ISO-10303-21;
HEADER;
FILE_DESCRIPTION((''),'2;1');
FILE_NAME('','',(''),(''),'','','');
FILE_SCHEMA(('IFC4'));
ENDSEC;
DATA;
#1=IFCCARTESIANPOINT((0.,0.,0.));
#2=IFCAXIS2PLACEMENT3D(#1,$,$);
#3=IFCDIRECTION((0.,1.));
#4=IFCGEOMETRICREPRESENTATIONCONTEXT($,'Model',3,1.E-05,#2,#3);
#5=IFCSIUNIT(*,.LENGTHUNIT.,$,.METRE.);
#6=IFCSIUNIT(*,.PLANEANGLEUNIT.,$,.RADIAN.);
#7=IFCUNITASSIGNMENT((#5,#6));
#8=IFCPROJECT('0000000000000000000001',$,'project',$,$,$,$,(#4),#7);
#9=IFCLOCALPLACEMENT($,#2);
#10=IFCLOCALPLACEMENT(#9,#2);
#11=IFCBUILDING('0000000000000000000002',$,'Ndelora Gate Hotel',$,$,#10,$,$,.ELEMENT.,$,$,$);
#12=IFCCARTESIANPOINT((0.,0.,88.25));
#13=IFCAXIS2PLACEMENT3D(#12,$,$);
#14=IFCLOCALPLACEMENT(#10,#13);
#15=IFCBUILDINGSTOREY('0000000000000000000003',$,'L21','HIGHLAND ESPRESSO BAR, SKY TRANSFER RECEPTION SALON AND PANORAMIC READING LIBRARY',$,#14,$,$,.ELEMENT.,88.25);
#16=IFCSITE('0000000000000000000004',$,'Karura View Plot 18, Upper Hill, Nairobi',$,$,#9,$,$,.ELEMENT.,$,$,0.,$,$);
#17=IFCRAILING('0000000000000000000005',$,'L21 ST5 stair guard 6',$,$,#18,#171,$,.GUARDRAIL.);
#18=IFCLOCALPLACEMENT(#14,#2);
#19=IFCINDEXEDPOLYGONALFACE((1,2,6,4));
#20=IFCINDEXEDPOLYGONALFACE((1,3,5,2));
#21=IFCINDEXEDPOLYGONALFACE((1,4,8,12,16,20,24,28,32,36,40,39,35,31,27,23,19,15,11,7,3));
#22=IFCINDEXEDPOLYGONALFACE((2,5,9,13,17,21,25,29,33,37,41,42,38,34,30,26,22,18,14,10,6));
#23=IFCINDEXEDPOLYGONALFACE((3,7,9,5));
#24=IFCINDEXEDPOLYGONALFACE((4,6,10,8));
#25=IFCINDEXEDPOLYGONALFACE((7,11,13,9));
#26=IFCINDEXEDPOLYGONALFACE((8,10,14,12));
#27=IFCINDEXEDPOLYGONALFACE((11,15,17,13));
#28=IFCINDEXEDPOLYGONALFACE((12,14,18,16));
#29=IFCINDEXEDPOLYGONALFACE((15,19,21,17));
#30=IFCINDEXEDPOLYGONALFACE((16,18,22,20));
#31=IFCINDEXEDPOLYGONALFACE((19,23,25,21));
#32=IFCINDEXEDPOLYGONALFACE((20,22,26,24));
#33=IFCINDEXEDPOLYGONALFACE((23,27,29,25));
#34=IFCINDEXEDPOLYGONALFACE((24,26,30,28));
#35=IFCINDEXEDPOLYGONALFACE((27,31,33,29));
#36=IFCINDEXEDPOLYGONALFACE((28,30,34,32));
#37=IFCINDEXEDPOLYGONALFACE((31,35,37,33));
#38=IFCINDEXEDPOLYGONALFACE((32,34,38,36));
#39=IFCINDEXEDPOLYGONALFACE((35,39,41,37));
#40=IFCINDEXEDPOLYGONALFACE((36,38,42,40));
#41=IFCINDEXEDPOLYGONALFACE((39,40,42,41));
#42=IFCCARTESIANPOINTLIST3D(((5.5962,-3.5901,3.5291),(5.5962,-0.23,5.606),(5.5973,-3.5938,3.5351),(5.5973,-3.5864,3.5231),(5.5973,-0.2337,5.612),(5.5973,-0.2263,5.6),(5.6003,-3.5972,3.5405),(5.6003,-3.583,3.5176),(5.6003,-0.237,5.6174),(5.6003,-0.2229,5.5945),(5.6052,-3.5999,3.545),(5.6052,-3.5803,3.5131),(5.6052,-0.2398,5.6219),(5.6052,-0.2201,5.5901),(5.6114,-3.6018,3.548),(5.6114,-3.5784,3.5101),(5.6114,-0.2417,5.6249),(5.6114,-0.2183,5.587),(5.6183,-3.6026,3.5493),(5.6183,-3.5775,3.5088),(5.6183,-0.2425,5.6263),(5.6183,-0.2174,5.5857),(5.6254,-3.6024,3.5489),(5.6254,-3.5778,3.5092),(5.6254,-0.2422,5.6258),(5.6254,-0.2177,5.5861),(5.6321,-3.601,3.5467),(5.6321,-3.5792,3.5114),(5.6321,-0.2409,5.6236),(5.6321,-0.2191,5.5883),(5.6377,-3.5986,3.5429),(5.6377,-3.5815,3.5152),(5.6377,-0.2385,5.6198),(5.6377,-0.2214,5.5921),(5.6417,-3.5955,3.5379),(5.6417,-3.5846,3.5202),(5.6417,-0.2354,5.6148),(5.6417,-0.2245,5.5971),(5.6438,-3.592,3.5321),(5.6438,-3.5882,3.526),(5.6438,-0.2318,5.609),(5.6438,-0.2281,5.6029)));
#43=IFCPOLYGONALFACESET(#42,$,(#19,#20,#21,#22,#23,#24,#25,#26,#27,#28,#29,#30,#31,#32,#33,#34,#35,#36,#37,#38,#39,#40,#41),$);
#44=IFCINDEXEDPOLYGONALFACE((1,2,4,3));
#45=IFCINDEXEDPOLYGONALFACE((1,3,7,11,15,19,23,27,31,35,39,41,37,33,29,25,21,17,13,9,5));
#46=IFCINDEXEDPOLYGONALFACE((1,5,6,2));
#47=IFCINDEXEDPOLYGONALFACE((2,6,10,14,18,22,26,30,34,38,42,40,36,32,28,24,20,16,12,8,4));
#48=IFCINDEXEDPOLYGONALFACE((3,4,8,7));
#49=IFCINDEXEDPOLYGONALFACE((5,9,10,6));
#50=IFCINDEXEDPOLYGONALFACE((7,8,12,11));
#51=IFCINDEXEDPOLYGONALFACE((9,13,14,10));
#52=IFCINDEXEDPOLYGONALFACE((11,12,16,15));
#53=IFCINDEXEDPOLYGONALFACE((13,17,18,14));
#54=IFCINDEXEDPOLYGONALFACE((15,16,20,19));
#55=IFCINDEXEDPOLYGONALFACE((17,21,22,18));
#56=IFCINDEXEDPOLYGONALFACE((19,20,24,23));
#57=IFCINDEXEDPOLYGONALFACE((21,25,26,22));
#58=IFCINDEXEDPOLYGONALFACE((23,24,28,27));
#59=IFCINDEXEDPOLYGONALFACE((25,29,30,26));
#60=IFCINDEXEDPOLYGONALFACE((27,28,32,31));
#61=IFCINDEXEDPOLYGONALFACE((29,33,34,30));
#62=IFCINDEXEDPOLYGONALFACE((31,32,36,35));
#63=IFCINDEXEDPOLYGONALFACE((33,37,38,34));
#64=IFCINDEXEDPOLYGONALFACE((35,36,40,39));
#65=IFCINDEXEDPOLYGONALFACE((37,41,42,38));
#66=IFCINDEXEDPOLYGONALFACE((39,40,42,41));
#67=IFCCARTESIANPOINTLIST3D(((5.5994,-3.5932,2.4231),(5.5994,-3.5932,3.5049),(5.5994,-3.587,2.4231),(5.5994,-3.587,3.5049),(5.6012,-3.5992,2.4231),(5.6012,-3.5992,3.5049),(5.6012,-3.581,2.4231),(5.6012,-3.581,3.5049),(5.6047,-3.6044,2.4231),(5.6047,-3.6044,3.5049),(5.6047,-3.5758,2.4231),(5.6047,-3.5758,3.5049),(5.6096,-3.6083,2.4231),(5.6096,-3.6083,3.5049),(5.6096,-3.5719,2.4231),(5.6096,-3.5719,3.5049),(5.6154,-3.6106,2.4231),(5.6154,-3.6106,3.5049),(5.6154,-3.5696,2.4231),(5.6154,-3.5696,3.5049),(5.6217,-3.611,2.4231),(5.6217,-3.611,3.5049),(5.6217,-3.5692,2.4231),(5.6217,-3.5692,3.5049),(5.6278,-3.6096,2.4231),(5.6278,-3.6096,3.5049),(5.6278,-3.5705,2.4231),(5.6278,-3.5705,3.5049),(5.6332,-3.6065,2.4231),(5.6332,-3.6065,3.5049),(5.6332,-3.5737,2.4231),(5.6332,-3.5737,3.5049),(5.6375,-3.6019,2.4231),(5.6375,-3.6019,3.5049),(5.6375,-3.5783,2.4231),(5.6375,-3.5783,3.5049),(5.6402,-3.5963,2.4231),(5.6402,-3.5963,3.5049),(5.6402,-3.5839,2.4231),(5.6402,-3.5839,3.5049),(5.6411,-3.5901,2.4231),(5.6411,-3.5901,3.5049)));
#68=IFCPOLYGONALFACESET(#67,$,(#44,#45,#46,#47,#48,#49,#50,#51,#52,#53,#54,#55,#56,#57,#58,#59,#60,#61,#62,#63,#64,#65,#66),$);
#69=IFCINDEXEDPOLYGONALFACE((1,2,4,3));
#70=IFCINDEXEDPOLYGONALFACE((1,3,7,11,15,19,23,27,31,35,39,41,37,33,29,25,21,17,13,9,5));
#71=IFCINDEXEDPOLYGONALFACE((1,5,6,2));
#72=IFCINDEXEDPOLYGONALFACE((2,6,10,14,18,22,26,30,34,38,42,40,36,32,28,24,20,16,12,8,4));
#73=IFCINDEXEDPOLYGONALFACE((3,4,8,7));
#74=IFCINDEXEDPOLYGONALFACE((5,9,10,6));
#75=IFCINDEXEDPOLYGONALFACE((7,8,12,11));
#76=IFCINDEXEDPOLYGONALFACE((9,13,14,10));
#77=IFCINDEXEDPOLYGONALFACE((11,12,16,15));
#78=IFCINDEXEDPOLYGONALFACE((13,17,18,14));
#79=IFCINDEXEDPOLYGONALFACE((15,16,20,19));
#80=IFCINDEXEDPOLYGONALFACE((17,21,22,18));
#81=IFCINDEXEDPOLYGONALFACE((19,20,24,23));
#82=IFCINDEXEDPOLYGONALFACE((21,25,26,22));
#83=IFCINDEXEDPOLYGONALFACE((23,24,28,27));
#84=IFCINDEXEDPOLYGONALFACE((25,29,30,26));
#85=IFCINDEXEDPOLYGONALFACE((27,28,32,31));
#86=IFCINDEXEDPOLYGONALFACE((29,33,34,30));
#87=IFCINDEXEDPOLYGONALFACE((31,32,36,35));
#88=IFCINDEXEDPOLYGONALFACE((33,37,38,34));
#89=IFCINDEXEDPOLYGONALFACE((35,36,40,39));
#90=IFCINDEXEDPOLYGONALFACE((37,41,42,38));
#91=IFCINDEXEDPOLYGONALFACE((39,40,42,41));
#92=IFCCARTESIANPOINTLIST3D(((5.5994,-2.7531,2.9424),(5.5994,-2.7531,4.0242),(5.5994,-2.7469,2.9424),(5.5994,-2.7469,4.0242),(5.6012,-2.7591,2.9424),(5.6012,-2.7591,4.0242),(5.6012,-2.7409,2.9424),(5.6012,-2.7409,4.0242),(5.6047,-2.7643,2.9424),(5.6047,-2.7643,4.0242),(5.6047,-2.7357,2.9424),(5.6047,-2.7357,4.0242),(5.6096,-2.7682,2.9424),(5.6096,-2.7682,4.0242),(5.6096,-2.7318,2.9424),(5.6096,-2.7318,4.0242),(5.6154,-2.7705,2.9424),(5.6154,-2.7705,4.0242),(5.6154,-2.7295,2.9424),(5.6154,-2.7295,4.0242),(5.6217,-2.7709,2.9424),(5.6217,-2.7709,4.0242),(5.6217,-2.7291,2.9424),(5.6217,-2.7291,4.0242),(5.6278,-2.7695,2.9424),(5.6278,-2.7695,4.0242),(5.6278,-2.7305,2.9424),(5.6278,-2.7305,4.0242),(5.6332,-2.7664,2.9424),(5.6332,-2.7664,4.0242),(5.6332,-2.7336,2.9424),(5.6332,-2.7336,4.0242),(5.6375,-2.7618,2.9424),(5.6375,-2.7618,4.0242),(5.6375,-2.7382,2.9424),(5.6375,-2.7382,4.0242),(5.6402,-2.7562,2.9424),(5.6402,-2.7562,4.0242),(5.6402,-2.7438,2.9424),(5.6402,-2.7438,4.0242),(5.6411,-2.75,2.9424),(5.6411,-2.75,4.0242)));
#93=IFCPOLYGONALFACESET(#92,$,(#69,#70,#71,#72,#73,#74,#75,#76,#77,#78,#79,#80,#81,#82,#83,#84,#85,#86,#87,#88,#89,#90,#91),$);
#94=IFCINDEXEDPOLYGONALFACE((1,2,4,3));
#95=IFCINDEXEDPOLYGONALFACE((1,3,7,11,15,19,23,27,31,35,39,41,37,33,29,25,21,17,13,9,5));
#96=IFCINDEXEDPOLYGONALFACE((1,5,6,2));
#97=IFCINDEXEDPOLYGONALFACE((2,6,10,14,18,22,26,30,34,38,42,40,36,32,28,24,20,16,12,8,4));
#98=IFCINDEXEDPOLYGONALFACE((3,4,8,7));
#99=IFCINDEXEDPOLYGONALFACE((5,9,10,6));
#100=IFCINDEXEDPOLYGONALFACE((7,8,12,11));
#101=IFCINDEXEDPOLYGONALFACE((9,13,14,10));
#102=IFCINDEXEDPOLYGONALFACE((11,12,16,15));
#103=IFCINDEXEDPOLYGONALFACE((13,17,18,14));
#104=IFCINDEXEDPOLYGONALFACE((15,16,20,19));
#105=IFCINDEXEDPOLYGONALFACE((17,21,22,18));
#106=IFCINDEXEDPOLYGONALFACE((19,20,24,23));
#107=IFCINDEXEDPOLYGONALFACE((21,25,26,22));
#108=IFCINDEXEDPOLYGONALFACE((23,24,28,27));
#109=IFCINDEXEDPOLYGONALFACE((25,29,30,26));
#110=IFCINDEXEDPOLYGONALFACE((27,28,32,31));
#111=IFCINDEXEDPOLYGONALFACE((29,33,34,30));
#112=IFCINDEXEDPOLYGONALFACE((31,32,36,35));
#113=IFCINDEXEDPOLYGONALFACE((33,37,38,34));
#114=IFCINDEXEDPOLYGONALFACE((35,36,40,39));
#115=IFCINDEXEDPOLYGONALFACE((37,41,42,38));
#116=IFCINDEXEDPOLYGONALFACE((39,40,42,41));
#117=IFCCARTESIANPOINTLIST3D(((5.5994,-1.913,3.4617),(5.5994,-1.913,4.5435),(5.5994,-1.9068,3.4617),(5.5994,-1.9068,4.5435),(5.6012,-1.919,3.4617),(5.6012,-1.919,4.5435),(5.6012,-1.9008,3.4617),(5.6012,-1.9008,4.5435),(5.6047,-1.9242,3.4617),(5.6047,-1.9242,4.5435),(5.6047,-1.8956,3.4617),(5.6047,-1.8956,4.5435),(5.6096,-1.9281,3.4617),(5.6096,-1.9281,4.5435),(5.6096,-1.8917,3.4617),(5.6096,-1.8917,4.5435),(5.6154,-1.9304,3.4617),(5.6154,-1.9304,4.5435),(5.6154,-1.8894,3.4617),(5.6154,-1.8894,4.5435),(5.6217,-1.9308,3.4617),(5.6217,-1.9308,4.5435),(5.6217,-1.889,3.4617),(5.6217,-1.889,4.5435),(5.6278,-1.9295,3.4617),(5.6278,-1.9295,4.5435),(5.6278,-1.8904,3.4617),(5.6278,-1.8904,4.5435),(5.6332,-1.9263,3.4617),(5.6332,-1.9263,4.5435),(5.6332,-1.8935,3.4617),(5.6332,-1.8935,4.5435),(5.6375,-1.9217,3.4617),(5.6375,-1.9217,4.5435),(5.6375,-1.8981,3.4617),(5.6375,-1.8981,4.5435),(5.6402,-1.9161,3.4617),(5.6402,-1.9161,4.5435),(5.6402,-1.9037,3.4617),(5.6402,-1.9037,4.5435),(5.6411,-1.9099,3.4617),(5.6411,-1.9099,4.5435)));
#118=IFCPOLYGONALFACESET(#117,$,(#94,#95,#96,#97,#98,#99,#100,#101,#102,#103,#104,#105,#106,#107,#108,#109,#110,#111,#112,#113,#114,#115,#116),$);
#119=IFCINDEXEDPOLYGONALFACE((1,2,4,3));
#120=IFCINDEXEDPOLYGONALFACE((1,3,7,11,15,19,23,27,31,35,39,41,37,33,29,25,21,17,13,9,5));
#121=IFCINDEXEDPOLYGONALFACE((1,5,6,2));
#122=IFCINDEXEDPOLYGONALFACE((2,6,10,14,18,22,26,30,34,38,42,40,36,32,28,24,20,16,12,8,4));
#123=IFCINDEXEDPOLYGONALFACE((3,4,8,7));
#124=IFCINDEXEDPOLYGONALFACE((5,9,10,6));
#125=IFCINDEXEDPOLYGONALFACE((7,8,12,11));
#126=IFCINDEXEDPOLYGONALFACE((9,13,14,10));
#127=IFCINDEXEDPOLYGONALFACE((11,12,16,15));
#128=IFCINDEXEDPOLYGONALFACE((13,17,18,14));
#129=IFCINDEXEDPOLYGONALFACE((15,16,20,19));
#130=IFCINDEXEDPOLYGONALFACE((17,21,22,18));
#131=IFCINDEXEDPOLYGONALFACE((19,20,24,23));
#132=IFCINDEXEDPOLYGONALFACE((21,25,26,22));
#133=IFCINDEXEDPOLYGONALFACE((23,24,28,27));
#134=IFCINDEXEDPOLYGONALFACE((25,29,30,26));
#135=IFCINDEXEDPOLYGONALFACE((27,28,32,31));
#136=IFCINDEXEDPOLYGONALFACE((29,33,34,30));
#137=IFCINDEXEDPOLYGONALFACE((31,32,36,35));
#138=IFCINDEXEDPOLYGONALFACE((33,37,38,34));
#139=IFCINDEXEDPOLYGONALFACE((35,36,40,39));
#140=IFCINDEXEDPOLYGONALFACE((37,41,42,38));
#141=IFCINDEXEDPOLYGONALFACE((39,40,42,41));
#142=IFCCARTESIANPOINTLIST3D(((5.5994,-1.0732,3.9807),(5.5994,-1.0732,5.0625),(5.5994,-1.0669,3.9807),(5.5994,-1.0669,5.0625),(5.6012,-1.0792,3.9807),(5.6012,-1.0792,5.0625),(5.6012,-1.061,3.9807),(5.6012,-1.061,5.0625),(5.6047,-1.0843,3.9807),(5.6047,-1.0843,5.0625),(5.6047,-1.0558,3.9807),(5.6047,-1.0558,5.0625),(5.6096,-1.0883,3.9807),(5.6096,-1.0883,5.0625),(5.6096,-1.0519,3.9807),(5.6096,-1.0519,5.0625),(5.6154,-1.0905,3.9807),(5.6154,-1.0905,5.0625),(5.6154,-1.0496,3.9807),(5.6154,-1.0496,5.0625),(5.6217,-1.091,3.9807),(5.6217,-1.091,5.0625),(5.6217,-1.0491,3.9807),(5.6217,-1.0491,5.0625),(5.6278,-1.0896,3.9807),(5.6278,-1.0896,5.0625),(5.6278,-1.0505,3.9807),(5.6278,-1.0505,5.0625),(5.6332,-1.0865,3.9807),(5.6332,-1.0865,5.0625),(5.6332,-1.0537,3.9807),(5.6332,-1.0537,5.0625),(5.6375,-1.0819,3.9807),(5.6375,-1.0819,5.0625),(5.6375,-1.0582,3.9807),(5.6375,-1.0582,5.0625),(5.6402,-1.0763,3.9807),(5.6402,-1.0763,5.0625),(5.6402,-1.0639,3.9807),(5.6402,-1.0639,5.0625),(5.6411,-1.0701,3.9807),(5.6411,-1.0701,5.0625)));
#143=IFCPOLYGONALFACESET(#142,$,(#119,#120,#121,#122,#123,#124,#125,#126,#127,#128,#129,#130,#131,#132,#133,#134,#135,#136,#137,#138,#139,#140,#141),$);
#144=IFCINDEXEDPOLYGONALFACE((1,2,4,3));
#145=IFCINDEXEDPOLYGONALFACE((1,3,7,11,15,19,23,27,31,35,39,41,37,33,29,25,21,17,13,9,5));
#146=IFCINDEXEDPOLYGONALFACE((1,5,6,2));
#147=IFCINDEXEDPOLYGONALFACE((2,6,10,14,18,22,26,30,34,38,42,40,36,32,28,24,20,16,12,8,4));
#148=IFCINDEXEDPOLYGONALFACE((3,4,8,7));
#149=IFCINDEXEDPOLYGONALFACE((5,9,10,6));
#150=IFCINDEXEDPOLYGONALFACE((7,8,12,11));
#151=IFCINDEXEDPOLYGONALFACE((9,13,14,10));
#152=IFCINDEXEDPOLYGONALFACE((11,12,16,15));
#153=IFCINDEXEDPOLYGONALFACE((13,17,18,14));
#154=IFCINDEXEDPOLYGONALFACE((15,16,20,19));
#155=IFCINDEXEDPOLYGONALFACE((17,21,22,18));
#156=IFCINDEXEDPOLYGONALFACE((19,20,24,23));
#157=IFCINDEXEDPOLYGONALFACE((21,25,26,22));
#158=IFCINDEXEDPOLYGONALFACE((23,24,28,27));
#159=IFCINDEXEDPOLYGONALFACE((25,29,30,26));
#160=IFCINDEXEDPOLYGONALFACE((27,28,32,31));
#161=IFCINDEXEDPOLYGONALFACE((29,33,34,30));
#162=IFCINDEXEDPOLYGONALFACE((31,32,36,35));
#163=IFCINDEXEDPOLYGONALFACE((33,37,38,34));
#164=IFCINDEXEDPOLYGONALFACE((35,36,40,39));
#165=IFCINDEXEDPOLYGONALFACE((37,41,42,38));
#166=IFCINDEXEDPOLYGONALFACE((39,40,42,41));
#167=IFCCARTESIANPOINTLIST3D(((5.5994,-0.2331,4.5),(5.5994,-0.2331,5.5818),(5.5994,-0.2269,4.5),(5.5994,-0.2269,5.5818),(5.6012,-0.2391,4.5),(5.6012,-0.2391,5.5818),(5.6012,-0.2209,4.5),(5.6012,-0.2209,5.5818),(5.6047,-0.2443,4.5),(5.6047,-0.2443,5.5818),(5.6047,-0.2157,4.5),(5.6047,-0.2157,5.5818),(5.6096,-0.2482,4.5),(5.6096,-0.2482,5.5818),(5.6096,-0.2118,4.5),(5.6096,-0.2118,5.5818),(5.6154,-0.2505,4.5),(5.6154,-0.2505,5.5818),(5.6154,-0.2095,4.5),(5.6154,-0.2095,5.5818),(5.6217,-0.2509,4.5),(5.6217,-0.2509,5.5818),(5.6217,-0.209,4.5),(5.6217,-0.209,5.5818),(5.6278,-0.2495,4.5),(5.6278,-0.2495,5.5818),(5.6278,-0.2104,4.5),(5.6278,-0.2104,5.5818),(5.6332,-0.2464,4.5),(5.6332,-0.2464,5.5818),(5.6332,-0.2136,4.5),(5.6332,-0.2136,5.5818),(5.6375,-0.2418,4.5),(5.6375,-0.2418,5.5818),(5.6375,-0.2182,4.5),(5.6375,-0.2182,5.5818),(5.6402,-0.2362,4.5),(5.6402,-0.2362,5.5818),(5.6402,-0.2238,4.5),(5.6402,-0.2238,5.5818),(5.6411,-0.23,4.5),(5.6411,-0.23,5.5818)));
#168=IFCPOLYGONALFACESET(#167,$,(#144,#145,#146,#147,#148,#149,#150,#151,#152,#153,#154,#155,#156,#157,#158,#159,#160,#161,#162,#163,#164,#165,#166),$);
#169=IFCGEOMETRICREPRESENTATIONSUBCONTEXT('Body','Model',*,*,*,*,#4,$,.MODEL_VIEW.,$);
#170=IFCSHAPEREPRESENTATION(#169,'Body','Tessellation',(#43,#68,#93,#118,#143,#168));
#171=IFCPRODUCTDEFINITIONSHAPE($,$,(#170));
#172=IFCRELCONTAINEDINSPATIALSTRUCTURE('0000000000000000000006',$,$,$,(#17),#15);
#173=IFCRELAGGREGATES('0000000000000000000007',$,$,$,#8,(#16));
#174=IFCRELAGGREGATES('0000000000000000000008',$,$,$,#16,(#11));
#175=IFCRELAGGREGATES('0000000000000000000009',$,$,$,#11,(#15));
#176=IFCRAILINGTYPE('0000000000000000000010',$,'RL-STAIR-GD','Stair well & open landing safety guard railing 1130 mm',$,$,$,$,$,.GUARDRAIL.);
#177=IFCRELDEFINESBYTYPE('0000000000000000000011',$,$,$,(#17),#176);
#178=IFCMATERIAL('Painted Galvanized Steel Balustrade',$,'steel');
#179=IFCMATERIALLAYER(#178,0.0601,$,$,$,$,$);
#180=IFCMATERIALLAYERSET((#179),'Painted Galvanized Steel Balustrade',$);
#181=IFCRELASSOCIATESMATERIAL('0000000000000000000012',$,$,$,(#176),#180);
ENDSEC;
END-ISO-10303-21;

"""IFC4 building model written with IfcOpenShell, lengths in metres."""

from ifc_helpers import new_model, si_unit, direction, frame, origin, origin_2d, place, context, subcontext, project, spatial, circle, extrude, material, layer, layer_set, type_object, element, save


model = new_model("IFC4")

# Units and contexts
model_context = context("Model", 3, precision=1e-05, world=origin(), true_north=direction((0.0, 1.0)))
body_context = subcontext(model_context, "Body", "Model", "MODEL_VIEW")
ifc_project = project(units=[si_unit("LENGTHUNIT", "METRE"), si_unit("PLANEANGLEUNIT", "RADIAN")], contexts=[model_context])

# Site, building, storey
site_placement = place(None, origin())
site = spatial("IfcSite", under=ifc_project, at=site_placement, Name="Karura View Plot 18, Upper Hill, Nairobi", CompositionType="ELEMENT", RefElevation=0.0)
building_placement = place(site_placement, origin())
building = spatial("IfcBuilding", under=site, at=building_placement, Name="Ndelora Gate Hotel", CompositionType="ELEMENT")
storey_placement = place(building_placement, frame((0.0, 0.0, 88.25)))
storey = spatial("IfcBuildingStorey", under=building, at=storey_placement, Name="L21", Description="HIGHLAND ESPRESSO BAR, SKY TRANSFER RECEPTION SALON AND PANORAMIC READING LIBRARY", CompositionType="ELEMENT", Elevation=88.25)

# Railing
ifc_material_1 = material(Name="Painted Galvanized Steel Balustrade", Category="steel")
ifc_layer_1 = layer(ifc_material_1, 0.0601)
ifc_layer_set_1 = layer_set([ifc_layer_1], Name="Painted Galvanized Steel Balustrade")
railing_type_1 = type_object("IfcRailingType", Name="RL-STAIR-GD", Description="Stair well & open landing safety guard railing 1130 mm", PredefinedType="GUARDRAIL", material=ifc_layer_set_1)
railing_1_placement = place(storey_placement, frame((5.6201, -3.5901, 2.4231)))
element("IfcRailing", 1, at=railing_1_placement, inside=storey, type_object=railing_type_1, Name="L21 ST5 stair guard 6", PredefinedType="GUARDRAIL", context=body_context, shape_type="SweptSolid", body=[
    extrude(circle(Radius=0.0239, at=origin_2d()), frame((0.0, 0.0, 1.106), z_axis=(0.0, 0.850623, 0.525776), x_axis=(-1.0, 0.0, 0.0)), (0.0, 0.0, 1.0), 3.9502),
    extrude(circle(Radius=0.021, at=origin_2d()), origin(), (0.0, 0.0, 1.0), 1.0818),
    extrude(circle(Radius=0.021, at=origin_2d()), frame((0.0, 0.8401, 0.5193)), (0.0, 0.0, 1.0), 1.0818),
    extrude(circle(Radius=0.021, at=origin_2d()), frame((0.0, 1.6802, 1.0386)), (0.0, 0.0, 1.0), 1.0818),
    extrude(circle(Radius=0.021, at=origin_2d()), frame((0.0, 2.52, 1.5576)), (0.0, 0.0, 1.0), 1.0818),
    extrude(circle(Radius=0.021, at=origin_2d()), frame((0.0, 3.3601, 2.0769)), (0.0, 0.0, 1.0), 1.0818),
])

save(model, "model.ifc")
